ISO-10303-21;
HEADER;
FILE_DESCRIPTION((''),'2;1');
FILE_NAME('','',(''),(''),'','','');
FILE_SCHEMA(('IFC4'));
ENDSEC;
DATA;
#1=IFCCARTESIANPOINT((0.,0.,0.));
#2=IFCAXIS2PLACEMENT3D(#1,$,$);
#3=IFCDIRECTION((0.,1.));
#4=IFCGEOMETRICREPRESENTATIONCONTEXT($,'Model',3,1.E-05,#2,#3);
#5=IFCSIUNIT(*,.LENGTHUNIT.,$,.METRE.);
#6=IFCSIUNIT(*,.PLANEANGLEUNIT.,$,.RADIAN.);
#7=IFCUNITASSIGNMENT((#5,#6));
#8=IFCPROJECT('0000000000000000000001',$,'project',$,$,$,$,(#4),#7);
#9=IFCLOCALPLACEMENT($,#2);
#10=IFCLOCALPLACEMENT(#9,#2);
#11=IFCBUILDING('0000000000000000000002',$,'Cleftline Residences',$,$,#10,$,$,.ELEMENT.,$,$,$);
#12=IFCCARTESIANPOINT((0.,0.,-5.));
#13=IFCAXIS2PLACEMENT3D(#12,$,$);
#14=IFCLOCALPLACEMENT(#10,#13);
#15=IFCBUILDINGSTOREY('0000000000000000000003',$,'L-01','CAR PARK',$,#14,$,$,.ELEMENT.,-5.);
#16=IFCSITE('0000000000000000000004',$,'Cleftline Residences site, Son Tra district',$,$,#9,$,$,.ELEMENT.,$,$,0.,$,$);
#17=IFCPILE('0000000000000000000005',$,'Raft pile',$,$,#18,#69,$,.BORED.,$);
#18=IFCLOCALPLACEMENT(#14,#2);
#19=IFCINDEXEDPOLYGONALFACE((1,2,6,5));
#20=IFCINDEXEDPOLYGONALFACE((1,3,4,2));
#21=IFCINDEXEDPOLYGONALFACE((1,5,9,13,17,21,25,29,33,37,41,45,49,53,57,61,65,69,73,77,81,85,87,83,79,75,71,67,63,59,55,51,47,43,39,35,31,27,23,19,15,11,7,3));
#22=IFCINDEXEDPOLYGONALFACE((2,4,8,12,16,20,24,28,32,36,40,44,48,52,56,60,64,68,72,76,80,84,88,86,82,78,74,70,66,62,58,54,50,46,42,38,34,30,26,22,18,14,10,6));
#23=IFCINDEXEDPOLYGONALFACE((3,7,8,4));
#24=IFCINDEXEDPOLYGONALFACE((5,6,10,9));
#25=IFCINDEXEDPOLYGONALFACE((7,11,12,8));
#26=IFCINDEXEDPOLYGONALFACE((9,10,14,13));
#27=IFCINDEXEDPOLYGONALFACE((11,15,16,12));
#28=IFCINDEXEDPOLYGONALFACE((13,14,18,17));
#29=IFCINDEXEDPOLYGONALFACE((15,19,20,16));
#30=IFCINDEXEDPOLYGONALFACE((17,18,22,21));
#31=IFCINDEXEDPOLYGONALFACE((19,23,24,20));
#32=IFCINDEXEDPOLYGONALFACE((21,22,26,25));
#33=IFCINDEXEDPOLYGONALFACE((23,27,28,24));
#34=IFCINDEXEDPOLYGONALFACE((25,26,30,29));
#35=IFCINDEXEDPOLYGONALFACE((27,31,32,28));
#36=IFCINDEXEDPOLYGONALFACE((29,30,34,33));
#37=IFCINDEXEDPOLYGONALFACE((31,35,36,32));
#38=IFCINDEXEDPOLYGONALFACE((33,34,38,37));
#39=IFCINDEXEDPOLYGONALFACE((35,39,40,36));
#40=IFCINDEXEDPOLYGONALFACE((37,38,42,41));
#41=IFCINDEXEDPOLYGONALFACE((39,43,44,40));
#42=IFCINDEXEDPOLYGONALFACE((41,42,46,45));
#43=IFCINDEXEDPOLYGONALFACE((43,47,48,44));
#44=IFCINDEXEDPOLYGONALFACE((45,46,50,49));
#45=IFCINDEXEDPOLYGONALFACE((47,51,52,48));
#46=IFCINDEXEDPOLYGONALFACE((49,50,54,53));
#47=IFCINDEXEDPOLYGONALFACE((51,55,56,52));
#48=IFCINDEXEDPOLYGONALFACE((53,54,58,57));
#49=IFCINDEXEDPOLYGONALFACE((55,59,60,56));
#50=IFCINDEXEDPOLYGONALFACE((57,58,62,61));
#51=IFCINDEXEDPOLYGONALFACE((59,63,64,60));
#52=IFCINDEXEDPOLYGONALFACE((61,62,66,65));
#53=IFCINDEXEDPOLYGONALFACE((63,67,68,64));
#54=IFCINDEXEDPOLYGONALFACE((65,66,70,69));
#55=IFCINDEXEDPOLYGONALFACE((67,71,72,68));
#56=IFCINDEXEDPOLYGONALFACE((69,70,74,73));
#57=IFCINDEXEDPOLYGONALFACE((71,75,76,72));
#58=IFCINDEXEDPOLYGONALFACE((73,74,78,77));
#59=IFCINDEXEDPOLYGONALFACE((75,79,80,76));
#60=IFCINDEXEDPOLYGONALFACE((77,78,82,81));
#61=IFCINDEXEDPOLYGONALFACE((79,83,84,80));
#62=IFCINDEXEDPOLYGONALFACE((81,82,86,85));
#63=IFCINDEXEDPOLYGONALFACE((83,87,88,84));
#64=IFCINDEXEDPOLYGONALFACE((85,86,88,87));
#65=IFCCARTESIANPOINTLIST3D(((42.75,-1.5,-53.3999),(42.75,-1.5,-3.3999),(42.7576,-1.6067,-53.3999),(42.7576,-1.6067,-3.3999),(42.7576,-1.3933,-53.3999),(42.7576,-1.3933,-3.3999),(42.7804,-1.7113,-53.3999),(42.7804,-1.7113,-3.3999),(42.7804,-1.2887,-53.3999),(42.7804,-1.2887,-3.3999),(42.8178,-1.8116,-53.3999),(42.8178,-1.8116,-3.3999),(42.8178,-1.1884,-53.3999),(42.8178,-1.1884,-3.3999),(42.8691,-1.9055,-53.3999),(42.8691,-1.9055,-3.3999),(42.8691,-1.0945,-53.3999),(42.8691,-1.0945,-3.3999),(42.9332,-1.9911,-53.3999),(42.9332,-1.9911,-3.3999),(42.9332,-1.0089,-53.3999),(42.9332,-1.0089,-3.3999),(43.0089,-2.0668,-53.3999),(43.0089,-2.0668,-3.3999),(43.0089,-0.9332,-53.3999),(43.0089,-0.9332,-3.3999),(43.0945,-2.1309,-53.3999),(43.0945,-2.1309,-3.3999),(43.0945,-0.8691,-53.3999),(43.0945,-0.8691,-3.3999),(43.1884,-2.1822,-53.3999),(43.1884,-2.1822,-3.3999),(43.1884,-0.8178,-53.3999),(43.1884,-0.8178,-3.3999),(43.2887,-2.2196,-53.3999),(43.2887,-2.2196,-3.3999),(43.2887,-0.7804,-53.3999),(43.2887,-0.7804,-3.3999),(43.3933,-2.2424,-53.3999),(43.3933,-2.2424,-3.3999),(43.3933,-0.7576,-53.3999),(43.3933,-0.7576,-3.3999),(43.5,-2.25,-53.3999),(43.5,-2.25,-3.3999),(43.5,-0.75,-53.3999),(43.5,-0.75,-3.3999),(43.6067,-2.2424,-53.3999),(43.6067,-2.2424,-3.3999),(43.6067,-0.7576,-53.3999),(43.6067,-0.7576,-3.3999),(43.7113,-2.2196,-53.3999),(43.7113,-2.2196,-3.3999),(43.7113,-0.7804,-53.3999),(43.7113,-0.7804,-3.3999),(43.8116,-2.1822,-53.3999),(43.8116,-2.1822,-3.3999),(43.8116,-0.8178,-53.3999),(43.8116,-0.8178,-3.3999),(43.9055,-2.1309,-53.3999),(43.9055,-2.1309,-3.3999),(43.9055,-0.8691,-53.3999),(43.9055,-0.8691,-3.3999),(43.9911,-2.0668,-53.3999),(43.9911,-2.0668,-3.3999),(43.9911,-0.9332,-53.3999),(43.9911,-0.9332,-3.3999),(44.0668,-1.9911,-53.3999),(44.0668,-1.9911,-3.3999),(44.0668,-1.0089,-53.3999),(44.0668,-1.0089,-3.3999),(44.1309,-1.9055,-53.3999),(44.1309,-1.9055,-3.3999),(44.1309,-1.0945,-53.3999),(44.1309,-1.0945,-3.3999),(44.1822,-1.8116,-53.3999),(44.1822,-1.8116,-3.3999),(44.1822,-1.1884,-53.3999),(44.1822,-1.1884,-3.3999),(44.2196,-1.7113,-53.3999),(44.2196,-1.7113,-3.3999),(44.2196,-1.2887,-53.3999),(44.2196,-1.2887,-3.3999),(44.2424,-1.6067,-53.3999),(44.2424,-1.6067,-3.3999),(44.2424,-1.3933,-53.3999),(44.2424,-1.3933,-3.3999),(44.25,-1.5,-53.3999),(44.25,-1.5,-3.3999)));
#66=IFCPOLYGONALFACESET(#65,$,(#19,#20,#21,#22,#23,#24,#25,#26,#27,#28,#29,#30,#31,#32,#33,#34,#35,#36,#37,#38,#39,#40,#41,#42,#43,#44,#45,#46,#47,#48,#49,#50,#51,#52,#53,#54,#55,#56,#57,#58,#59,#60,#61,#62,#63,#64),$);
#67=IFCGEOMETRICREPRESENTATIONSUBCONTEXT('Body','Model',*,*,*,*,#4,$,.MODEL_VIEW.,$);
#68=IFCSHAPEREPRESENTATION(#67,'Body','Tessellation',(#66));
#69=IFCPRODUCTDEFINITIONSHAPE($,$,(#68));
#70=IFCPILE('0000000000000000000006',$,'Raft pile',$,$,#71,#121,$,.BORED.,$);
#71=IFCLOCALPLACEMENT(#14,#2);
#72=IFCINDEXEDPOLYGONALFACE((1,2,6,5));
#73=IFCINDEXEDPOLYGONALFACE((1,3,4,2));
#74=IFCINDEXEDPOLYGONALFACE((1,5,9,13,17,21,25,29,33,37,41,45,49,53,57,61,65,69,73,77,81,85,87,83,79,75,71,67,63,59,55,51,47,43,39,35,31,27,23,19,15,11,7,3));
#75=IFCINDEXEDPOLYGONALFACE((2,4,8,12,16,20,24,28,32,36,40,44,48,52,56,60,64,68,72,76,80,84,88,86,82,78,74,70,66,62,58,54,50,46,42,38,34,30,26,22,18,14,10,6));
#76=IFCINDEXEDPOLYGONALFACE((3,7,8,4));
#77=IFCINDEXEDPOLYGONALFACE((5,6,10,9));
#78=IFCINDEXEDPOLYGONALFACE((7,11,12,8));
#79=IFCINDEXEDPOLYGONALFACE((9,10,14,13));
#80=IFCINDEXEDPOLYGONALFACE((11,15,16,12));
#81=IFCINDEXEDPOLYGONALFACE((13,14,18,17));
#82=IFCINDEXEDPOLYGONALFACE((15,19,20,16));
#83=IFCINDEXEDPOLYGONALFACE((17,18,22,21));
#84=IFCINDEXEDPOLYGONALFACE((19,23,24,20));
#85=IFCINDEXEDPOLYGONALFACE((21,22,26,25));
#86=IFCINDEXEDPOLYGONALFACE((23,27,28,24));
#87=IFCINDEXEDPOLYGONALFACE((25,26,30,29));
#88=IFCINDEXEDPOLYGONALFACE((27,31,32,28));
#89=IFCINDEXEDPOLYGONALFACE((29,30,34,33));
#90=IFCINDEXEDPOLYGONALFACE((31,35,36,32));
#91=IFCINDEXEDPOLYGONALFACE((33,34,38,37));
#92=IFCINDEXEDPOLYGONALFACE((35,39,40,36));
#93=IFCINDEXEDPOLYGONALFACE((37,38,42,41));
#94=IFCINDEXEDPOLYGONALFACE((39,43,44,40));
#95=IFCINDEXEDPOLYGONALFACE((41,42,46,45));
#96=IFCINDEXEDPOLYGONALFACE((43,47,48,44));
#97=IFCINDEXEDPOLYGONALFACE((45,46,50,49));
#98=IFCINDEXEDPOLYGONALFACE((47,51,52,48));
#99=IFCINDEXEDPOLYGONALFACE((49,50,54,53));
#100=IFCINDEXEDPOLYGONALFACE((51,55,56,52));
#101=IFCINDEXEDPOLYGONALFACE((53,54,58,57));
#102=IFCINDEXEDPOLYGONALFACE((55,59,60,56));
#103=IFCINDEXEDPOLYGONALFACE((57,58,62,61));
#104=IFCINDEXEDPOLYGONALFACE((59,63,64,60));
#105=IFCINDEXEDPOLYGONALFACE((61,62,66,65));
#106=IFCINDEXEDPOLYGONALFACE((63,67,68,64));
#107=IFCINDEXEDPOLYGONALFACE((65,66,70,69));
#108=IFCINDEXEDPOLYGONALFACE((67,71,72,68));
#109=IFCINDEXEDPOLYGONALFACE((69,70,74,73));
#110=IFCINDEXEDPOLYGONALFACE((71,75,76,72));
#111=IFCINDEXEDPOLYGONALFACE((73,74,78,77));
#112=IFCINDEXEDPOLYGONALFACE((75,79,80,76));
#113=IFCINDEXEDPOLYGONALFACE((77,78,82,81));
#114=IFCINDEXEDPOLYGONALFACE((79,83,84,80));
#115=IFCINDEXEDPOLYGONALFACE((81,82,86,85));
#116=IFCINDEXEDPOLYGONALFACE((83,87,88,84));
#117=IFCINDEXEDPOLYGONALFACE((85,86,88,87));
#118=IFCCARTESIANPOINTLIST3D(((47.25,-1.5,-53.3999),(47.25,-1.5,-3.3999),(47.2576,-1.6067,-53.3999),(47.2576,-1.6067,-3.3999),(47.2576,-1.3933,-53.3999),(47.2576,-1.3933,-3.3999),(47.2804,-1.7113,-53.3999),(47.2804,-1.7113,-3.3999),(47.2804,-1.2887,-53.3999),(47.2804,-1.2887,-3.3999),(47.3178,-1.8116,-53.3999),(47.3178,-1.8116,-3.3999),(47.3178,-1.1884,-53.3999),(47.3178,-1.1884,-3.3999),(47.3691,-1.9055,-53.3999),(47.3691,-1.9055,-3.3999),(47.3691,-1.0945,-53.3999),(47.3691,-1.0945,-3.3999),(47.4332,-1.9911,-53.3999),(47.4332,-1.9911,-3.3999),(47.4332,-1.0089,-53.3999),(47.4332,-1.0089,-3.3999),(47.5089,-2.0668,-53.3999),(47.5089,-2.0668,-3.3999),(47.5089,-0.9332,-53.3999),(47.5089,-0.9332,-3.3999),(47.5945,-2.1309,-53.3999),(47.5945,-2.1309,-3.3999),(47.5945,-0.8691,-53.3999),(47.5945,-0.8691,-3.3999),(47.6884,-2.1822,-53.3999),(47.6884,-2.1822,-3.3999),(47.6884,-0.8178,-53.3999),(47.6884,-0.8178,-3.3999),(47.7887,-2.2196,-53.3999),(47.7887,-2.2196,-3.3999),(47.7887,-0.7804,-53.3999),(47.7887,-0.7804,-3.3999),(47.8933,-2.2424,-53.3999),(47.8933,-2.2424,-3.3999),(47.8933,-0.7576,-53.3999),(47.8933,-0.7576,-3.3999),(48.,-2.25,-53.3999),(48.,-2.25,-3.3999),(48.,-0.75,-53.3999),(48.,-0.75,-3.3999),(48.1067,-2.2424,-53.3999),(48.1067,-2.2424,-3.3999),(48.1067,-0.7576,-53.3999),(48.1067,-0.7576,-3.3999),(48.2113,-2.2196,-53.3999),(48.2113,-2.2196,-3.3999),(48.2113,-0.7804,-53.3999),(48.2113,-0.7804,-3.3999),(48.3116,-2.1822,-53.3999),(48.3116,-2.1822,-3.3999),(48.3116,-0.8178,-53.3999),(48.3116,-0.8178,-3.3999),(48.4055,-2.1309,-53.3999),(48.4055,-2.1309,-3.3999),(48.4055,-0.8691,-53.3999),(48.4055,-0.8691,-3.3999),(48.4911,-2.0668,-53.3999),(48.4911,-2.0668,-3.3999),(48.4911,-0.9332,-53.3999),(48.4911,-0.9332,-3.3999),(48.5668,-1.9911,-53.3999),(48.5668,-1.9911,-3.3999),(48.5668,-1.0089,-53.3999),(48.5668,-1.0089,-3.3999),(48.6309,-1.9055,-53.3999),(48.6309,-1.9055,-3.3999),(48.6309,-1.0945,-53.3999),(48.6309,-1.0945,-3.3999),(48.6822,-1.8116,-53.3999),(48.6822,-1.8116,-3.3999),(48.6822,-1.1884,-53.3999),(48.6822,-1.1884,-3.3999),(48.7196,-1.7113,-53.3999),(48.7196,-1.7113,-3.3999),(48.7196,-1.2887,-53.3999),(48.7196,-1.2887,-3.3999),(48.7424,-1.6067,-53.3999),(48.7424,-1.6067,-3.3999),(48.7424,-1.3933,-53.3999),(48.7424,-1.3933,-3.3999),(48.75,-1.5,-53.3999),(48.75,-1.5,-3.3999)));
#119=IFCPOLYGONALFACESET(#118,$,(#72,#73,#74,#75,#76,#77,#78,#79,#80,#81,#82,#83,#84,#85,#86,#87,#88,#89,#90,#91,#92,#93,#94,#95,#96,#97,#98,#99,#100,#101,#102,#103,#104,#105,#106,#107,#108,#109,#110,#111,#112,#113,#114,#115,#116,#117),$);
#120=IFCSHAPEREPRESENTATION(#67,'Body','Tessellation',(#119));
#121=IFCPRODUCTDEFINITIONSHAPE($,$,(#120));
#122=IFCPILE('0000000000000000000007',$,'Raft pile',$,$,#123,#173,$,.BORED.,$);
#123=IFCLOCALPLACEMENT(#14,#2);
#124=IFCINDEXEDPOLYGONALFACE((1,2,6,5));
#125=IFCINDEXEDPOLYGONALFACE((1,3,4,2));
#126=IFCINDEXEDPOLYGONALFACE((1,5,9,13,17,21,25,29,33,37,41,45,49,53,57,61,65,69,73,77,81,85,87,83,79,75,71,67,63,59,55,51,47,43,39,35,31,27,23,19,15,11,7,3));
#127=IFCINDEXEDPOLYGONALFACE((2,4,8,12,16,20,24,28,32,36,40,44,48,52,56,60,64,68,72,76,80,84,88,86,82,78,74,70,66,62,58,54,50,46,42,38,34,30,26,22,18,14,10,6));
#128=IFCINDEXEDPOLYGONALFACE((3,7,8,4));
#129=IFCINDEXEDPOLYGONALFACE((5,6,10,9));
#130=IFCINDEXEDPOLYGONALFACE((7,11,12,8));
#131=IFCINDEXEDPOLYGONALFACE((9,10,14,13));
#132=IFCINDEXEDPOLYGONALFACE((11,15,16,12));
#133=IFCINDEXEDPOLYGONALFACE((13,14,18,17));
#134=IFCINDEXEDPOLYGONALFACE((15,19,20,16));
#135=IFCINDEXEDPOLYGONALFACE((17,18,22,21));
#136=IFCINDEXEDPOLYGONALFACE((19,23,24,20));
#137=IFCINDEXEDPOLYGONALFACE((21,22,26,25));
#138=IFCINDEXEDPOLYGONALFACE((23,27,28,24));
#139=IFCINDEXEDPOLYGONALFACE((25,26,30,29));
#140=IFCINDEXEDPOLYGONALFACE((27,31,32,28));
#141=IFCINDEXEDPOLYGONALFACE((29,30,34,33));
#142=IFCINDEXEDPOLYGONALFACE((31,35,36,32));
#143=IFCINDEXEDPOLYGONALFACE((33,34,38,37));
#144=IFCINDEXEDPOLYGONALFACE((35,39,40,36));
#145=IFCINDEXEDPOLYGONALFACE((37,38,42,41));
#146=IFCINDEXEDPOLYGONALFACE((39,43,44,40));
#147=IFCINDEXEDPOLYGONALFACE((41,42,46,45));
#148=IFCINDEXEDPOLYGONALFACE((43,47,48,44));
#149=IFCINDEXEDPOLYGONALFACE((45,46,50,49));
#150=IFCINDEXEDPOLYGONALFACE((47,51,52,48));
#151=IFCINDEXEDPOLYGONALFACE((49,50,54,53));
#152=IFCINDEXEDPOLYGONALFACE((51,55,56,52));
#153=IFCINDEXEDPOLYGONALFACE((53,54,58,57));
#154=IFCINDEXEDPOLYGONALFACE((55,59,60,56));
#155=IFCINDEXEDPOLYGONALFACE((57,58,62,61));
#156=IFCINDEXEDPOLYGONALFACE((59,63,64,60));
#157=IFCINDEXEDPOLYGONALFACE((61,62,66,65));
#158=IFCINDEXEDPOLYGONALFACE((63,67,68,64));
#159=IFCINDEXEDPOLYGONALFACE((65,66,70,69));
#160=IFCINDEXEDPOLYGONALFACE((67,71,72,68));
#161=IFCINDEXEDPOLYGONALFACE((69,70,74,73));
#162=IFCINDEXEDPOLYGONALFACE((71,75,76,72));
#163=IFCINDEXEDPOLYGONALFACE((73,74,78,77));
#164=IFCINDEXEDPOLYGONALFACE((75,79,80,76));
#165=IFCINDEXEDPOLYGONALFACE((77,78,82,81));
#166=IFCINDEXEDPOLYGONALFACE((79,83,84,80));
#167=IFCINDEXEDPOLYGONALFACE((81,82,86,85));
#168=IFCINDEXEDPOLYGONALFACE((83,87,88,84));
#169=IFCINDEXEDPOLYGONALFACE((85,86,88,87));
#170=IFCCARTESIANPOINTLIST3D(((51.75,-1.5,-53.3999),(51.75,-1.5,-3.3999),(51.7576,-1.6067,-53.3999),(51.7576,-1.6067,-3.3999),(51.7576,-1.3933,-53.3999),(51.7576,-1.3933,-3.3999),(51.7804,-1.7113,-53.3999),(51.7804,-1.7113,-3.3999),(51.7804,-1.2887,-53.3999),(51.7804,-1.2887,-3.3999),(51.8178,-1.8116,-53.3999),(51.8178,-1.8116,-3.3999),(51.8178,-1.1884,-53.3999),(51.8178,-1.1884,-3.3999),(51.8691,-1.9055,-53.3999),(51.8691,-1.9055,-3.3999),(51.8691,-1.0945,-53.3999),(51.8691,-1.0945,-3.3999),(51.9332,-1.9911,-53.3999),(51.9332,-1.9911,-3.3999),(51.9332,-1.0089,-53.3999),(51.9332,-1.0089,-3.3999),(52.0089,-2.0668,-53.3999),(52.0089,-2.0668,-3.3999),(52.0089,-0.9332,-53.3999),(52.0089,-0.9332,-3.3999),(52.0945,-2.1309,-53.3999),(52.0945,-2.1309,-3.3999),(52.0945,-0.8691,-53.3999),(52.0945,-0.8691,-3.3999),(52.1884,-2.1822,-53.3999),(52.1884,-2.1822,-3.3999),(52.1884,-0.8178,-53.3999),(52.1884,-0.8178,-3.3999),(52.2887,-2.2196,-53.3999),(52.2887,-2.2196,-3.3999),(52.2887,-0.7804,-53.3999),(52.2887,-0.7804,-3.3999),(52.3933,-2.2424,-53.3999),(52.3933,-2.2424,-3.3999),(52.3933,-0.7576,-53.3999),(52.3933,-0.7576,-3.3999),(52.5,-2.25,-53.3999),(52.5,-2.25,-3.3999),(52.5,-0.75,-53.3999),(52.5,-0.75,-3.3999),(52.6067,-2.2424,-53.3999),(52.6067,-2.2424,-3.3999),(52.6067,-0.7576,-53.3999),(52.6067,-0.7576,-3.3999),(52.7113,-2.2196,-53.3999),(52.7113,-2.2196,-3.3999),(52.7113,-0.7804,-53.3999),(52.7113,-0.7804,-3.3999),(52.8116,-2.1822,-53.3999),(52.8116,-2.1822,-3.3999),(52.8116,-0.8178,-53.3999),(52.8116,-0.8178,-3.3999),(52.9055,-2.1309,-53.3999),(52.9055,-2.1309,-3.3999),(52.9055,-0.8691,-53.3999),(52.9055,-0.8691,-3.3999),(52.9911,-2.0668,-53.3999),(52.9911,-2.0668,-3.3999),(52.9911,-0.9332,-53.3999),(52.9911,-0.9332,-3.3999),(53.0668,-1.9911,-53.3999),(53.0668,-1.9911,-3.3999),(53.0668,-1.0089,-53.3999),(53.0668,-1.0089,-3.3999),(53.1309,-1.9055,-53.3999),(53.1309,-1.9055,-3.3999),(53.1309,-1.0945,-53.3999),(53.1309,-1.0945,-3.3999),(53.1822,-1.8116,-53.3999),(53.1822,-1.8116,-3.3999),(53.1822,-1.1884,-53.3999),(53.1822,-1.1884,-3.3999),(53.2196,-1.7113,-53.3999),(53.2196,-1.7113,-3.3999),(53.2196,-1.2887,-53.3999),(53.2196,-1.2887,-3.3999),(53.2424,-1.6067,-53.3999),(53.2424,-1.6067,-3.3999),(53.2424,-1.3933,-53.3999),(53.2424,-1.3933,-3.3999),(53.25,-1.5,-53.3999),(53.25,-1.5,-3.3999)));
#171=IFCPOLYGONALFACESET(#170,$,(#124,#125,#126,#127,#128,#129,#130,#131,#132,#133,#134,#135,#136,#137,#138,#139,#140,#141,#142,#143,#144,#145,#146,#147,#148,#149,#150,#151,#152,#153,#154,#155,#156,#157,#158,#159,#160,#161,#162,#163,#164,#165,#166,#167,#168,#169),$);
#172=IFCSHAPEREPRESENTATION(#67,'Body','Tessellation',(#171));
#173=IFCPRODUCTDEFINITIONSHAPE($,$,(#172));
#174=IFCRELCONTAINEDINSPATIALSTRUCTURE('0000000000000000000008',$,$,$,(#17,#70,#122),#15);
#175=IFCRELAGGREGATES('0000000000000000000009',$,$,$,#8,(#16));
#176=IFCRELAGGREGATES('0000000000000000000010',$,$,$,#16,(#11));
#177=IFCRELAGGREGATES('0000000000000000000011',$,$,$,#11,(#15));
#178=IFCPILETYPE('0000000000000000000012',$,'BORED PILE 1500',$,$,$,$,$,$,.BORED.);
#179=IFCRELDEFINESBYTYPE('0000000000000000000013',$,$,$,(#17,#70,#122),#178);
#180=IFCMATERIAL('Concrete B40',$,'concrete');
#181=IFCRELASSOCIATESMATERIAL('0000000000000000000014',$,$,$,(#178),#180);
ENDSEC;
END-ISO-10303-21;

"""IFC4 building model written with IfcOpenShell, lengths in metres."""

from ifc_helpers import new_model, si_unit, direction, frame, origin, origin_2d, place, context, subcontext, project, spatial, circle, extrude, material, material_profile, profile_set, type_object, element, save


model = new_model("IFC4")

# Units and contexts
model_context = context("Model", 3, precision=1e-05, world=origin(), true_north=direction((0.0, 1.0)))
body_context = subcontext(model_context, "Body", "Model", "MODEL_VIEW")
ifc_project = project(units=[si_unit("LENGTHUNIT", "METRE"), si_unit("PLANEANGLEUNIT", "RADIAN")], contexts=[model_context])

# Site, building, storey
site_placement = place(None, origin())
site = spatial("IfcSite", under=ifc_project, at=site_placement, Name="Cleftline Residences site, Son Tra district", CompositionType="ELEMENT", RefElevation=0.0)
building_placement = place(site_placement, origin())
building = spatial("IfcBuilding", under=site, at=building_placement, Name="Cleftline Residences", CompositionType="ELEMENT")
storey_placement = place(building_placement, frame((0.0, 0.0, -5.0)))
storey = spatial("IfcBuildingStorey", under=building, at=storey_placement, Name="L-01", Description="CAR PARK", CompositionType="ELEMENT", Elevation=-5.0)

# Piles
ifc_material_1 = material(Name="Concrete B40", Category="concrete")
ifc_material_profile_1 = material_profile(ifc_material_1, circle(Radius=0.75, at=origin_2d()))
ifc_profile_set_1 = profile_set([ifc_material_profile_1], Name="Concrete B40")
pile_type_1 = type_object("IfcPileType", Name="BORED PILE 1500", PredefinedType="BORED", material=ifc_profile_set_1)
for number, where, z_axis, x_axis, name in (
    (1, (43.5, -1.5, -3.3999), (0.0, 0.0, -1.0), (1.0, 0.0, 0.0), "Raft pile"),
    (2, (48.0, -1.5, -3.3999), (0.0, 0.0, -1.0), (1.0, 0.0, 0.0), "Raft pile"),
    (3, (52.5, -1.5, -3.3999), (0.0, 0.0, -1.0), (1.0, 0.0, 0.0), "Raft pile"),
):
    element("IfcPile", number, at=place(storey_placement, frame(where, z_axis=z_axis, x_axis=x_axis)), inside=storey, type_object=pile_type_1, Name=name, PredefinedType="BORED", context=body_context, shape_type="SweptSolid", body=[
        extrude(circle(Radius=0.75, at=origin_2d()), origin(), (0.0, 0.0, 1.0), 50.0),
    ])

save(model, "model.ifc")
